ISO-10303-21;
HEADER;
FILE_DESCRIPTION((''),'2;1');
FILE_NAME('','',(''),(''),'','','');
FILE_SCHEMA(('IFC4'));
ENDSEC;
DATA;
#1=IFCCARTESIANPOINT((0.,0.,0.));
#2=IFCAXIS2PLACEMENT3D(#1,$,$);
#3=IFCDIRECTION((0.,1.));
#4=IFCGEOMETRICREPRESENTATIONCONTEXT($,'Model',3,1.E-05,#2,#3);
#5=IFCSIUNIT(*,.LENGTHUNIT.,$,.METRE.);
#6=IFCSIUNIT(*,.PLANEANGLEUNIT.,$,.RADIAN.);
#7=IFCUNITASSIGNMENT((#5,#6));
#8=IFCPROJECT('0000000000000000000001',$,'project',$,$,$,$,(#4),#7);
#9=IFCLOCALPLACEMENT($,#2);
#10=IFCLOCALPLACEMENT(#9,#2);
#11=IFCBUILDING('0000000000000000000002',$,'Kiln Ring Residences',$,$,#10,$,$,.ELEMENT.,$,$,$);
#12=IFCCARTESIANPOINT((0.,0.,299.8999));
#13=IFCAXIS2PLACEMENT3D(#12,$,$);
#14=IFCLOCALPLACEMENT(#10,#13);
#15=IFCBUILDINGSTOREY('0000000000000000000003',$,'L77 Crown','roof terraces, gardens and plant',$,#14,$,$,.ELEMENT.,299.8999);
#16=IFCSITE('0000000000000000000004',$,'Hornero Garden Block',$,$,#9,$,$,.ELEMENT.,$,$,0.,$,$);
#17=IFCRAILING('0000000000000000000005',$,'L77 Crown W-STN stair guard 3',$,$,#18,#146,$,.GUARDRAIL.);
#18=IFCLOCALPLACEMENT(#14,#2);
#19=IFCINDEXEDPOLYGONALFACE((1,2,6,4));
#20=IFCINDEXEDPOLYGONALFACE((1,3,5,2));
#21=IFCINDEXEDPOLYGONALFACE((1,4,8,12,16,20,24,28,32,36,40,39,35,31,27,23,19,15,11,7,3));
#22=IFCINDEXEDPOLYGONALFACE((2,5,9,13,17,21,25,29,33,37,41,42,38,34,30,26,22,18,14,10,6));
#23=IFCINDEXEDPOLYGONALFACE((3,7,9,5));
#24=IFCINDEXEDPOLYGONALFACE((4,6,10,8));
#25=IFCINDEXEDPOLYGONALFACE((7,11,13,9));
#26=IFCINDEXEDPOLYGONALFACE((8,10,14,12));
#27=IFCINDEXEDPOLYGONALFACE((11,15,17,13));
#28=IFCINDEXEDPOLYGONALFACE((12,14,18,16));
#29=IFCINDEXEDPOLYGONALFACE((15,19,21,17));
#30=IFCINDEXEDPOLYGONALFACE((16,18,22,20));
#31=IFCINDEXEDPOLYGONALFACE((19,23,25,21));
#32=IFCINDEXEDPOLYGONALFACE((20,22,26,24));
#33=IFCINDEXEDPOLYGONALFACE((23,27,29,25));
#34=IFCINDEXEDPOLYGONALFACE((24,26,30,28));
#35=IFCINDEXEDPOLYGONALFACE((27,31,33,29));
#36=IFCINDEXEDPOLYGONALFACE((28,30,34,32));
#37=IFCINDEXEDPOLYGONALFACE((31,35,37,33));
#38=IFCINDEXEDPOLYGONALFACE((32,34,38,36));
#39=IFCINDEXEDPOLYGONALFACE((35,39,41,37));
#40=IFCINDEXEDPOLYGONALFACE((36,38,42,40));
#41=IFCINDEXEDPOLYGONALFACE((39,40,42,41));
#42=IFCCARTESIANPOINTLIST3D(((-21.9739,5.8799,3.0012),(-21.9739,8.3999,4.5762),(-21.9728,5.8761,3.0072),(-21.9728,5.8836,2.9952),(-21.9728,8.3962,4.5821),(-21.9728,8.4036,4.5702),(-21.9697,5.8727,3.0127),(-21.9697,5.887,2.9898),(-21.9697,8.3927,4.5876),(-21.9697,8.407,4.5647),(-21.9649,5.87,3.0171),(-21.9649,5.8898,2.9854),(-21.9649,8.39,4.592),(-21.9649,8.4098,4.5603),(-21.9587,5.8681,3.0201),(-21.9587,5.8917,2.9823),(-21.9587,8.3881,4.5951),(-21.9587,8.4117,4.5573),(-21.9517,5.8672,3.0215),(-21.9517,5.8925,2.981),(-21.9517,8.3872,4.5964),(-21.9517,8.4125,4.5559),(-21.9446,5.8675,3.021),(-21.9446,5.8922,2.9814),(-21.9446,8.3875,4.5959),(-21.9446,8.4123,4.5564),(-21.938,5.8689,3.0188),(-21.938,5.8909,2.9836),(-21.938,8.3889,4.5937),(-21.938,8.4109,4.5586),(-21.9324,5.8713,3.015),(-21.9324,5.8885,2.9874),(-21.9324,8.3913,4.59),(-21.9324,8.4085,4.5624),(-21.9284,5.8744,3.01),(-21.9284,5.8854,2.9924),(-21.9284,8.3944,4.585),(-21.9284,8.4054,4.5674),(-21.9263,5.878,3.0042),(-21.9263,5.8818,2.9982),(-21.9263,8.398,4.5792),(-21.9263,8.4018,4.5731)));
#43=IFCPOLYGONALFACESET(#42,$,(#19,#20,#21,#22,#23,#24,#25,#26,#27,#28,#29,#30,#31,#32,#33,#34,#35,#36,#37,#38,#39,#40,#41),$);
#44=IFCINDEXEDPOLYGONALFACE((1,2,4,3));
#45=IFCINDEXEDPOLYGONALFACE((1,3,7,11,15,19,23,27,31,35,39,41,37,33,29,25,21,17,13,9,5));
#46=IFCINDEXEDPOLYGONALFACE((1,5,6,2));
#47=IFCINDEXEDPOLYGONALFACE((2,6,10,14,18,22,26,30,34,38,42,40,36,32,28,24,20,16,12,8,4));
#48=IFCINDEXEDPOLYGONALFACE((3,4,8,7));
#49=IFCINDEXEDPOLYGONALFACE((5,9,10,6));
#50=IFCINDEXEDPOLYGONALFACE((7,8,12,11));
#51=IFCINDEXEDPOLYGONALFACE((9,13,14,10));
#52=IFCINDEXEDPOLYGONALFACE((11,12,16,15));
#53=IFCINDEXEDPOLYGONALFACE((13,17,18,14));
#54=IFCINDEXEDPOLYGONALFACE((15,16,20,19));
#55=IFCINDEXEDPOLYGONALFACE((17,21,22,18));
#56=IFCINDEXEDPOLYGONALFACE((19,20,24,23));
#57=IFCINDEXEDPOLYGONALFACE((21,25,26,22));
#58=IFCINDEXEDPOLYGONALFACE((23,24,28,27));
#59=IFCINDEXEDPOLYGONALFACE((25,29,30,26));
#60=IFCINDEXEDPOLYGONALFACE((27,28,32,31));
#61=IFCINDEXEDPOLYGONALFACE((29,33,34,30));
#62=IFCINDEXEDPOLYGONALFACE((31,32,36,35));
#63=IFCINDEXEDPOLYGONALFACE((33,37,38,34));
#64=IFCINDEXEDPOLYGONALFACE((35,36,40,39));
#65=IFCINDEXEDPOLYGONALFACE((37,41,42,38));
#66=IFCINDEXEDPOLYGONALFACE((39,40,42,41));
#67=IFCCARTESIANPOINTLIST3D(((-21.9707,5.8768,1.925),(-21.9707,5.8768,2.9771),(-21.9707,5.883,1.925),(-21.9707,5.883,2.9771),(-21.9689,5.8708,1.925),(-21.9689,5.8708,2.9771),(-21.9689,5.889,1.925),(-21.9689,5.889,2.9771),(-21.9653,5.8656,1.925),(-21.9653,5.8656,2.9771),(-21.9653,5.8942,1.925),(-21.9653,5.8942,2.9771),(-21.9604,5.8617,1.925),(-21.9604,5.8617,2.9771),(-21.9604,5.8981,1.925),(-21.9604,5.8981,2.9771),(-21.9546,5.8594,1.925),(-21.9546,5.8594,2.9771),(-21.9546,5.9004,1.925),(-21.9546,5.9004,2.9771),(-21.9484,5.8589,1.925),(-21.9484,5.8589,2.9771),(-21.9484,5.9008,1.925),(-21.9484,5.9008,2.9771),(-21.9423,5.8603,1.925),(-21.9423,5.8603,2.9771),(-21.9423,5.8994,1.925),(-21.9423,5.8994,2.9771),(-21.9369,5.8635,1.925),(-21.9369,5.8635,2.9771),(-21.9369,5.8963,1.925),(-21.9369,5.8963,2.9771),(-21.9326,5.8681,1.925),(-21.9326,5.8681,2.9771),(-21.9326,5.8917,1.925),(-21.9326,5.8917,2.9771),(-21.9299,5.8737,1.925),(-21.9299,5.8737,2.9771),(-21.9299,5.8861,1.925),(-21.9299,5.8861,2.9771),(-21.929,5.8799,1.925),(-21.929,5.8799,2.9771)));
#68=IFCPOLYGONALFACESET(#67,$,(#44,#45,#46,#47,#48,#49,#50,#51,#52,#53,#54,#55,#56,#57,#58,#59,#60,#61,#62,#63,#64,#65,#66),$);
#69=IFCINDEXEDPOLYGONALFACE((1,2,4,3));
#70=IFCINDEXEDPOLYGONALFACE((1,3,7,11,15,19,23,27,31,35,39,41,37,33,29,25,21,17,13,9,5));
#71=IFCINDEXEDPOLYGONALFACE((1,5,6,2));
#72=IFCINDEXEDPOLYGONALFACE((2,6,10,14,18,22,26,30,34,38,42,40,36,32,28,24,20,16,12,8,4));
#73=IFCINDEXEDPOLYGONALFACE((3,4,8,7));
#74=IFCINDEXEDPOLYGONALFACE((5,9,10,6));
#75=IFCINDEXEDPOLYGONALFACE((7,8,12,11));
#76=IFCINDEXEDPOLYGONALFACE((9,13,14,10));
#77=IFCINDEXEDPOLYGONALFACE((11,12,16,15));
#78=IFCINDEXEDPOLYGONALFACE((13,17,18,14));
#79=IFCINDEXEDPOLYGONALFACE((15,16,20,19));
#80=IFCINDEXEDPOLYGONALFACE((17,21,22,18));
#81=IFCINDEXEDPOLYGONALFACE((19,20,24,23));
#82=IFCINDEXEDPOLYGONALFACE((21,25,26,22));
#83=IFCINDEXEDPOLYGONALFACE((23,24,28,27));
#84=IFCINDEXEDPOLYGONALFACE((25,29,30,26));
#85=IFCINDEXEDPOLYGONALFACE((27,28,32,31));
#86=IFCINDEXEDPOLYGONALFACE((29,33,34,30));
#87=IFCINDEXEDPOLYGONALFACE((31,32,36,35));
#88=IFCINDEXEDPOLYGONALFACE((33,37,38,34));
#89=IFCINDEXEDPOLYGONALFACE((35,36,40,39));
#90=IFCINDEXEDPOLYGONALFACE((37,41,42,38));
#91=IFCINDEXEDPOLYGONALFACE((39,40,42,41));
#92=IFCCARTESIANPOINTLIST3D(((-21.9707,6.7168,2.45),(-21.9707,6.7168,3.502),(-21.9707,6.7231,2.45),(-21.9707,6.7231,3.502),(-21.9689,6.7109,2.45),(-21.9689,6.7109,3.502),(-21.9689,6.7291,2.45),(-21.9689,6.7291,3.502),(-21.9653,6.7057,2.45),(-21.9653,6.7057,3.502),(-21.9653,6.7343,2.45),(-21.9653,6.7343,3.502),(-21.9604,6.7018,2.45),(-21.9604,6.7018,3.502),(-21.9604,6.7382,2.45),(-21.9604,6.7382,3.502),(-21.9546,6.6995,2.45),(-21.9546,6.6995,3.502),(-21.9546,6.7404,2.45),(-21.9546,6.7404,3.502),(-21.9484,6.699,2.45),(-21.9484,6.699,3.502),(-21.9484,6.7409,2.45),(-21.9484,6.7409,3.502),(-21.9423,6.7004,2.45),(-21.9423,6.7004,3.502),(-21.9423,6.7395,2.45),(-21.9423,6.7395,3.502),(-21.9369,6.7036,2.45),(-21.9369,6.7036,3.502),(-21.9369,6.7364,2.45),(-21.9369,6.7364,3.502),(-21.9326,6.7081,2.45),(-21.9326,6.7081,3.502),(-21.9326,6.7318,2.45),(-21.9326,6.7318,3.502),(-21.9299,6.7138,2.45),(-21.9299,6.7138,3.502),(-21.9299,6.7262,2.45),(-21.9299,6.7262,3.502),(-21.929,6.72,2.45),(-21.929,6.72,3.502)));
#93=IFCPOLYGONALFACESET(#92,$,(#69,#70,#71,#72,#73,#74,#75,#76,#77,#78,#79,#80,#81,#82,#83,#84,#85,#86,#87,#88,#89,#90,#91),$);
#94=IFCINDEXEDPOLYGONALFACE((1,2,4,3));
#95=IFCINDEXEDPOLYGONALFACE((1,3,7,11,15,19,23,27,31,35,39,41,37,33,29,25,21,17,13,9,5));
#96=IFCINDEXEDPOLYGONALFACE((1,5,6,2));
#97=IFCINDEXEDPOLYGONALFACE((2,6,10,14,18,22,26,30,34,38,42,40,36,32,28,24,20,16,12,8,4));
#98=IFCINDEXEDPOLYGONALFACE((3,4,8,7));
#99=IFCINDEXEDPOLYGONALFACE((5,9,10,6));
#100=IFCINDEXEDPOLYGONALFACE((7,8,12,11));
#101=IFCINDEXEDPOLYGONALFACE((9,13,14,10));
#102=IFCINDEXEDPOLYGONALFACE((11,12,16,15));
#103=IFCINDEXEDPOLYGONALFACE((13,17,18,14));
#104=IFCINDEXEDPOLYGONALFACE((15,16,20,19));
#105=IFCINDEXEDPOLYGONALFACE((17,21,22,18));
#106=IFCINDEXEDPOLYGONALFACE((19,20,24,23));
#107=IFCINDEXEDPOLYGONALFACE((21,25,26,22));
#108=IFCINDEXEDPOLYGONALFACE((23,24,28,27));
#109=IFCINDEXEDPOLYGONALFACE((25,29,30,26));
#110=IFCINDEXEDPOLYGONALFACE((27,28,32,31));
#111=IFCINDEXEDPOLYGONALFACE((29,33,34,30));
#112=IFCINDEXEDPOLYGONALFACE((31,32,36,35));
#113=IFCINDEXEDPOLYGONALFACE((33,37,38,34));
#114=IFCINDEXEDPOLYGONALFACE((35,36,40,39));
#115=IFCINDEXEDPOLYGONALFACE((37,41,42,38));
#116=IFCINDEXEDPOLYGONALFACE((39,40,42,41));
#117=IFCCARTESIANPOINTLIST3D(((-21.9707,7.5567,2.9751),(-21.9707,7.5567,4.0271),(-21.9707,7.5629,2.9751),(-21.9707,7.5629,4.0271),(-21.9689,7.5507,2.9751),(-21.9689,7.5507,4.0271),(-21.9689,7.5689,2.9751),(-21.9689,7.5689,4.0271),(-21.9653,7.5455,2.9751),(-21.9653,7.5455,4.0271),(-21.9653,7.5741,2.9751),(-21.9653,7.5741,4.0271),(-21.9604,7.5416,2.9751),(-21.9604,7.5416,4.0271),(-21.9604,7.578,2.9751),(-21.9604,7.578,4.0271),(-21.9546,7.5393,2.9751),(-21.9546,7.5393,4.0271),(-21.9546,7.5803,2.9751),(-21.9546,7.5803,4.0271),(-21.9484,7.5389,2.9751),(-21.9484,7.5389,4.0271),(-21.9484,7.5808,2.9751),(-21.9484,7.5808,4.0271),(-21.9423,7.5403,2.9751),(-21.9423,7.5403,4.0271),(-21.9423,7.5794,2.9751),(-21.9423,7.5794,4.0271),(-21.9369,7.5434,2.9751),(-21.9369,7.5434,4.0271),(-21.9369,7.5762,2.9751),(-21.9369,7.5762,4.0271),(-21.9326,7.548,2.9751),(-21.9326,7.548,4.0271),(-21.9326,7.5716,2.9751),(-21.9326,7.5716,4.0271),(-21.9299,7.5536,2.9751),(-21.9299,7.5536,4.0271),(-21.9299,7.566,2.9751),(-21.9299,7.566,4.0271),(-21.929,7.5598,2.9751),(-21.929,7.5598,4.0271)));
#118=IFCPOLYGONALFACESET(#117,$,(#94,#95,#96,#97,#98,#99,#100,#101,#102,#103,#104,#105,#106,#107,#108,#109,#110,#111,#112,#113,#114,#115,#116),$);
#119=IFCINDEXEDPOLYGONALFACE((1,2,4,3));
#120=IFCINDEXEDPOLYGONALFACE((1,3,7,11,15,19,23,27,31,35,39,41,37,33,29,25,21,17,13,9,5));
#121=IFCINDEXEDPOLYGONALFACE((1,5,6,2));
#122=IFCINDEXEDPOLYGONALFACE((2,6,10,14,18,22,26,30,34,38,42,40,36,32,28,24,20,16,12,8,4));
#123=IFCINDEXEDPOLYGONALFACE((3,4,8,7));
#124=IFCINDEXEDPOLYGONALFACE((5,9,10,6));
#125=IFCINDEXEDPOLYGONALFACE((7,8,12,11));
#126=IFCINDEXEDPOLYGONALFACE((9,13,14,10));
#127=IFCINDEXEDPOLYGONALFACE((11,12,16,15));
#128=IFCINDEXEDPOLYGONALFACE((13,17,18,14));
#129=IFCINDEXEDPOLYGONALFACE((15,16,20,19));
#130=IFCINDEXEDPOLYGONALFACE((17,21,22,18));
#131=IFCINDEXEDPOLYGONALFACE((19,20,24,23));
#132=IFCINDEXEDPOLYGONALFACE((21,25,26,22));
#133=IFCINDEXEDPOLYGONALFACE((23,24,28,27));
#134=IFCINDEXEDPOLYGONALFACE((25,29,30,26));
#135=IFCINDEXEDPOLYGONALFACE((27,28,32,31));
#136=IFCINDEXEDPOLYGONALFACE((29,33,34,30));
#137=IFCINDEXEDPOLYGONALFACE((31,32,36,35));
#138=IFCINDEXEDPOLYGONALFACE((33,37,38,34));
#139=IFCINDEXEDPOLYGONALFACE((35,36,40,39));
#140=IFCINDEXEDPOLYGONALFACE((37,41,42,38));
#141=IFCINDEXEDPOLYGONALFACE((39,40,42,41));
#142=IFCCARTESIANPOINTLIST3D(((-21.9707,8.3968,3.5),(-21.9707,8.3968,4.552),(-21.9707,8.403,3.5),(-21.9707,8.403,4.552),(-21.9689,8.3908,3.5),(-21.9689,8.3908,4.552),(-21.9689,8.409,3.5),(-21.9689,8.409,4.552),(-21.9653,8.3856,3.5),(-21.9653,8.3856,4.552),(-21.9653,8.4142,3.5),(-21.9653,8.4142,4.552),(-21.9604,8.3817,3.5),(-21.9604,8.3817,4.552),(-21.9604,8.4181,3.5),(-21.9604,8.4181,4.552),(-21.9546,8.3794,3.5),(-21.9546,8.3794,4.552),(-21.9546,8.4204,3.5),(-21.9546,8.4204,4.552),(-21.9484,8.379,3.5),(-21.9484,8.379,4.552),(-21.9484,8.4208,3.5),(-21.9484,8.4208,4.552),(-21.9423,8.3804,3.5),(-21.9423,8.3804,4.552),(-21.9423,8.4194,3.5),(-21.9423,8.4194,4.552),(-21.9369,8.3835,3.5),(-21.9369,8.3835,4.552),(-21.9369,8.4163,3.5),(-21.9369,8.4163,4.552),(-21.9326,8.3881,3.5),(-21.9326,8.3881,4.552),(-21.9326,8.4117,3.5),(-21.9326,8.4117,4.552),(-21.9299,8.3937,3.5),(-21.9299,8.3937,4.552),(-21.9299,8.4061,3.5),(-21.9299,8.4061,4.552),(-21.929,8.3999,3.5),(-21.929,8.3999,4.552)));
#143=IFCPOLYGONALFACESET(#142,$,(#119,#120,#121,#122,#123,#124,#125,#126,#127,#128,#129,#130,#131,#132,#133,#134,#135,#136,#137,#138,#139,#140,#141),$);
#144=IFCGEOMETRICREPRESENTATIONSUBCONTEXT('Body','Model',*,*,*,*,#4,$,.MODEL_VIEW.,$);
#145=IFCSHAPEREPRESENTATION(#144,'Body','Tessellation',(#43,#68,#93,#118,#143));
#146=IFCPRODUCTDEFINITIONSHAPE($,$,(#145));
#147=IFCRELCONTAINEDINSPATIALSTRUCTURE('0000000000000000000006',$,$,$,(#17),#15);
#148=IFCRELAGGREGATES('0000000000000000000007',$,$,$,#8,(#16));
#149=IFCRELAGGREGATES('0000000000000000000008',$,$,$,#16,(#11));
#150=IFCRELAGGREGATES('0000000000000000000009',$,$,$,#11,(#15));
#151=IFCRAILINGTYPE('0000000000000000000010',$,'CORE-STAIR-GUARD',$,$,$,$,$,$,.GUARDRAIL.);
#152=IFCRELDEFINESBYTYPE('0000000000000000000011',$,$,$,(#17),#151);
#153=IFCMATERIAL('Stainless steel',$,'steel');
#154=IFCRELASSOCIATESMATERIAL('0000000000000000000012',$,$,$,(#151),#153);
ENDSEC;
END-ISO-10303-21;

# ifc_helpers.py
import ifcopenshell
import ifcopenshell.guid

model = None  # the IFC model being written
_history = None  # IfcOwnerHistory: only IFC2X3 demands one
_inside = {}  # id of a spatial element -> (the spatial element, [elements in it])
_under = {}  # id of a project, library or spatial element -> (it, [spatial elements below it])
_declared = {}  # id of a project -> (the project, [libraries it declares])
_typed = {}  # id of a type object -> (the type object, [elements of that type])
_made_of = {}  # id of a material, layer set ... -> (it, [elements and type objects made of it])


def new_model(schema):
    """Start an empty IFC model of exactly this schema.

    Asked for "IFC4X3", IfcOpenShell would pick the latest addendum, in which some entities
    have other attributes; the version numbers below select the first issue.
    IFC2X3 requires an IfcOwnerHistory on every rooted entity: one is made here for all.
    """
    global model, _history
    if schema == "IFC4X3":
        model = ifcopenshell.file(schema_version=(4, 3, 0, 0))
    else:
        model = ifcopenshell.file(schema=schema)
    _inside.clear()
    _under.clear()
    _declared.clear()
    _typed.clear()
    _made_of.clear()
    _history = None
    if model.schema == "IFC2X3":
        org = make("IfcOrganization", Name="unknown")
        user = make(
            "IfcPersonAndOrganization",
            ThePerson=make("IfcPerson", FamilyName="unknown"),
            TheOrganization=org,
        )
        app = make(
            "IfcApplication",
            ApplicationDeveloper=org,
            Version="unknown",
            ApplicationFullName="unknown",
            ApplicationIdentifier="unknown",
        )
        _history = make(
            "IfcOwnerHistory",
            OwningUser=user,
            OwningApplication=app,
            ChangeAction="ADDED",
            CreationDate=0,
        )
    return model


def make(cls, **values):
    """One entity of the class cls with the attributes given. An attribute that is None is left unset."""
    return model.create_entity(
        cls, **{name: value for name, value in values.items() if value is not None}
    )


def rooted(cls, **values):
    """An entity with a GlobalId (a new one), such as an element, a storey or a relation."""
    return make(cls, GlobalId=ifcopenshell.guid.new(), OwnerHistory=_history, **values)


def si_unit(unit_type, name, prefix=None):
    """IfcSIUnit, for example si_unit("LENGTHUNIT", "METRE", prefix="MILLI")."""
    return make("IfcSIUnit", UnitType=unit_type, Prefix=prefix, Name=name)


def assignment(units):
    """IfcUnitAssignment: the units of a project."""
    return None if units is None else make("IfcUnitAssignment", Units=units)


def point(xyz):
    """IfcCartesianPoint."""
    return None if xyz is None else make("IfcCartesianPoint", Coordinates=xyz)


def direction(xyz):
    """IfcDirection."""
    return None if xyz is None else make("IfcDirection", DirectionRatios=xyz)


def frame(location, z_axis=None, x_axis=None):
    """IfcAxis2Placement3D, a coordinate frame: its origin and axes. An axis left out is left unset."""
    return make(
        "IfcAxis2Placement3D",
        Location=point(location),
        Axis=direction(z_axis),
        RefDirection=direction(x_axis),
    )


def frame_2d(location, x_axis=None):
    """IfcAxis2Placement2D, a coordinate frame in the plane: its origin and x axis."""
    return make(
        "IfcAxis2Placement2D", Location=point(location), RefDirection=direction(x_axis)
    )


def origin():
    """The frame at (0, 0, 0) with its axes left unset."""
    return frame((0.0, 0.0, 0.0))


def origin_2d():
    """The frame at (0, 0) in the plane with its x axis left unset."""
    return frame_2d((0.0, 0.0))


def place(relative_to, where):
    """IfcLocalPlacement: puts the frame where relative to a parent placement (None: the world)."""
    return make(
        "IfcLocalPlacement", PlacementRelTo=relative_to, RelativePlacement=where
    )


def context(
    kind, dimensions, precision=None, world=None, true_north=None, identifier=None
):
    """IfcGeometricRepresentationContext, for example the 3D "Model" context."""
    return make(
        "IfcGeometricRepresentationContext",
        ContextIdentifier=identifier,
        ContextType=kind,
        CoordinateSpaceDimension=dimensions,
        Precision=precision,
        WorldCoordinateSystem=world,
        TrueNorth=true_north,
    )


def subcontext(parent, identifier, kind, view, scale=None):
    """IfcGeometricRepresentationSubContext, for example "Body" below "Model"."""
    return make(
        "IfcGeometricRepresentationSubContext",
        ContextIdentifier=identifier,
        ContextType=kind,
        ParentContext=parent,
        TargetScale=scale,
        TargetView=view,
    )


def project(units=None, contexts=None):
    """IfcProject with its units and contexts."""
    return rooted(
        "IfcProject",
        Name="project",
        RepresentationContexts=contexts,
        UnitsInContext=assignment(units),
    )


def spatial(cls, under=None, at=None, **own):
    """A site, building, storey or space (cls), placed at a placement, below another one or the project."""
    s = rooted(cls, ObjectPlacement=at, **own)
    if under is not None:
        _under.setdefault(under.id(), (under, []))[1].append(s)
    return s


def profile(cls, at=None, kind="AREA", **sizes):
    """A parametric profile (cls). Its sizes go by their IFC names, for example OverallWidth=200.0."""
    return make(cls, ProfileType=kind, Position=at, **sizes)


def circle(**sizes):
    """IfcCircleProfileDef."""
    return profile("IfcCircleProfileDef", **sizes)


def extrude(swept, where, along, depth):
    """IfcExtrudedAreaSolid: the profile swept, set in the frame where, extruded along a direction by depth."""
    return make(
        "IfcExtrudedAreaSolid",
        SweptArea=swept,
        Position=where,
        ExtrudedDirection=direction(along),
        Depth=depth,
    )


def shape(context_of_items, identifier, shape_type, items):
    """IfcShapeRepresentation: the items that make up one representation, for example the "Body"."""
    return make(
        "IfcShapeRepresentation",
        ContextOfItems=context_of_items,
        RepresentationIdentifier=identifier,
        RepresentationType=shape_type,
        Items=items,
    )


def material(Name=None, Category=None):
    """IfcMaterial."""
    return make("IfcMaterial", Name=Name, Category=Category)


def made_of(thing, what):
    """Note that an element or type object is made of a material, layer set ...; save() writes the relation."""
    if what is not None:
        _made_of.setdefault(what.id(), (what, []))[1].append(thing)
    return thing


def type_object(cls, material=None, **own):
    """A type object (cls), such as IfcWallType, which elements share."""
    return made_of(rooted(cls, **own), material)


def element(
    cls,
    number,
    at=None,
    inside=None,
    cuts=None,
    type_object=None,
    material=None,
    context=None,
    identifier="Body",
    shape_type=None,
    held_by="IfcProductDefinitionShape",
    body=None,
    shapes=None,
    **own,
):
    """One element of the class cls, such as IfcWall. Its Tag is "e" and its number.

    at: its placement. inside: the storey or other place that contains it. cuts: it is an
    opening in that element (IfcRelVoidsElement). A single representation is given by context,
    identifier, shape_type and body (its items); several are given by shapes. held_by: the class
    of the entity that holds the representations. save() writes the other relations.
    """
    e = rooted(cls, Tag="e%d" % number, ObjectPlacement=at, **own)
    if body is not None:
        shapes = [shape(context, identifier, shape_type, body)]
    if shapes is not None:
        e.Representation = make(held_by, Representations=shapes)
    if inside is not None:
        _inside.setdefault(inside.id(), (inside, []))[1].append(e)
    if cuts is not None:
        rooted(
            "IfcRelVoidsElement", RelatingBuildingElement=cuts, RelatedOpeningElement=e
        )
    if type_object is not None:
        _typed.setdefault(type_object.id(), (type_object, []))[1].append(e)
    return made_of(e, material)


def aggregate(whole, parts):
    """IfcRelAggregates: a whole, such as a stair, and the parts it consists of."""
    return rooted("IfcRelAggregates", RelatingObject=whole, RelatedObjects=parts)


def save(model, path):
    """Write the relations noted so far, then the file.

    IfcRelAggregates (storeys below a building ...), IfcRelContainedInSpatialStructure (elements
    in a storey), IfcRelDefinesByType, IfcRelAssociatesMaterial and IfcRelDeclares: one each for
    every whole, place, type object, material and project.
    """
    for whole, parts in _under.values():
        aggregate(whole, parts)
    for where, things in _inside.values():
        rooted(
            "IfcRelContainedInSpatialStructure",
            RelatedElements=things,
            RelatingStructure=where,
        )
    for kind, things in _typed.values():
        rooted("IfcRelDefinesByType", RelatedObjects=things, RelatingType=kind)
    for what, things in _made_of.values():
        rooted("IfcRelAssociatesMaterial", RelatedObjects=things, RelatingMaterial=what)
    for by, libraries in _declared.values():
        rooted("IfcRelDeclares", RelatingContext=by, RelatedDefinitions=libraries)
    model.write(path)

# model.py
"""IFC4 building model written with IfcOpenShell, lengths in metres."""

from ifc_helpers import new_model, si_unit, direction, frame, origin, origin_2d, place, context, subcontext, project, spatial, circle, extrude, material, type_object, element, save


model = new_model("IFC4")

# Units and contexts
model_context = context("Model", 3, precision=1e-05, world=origin(), true_north=direction((0.0, 1.0)))
body_context = subcontext(model_context, "Body", "Model", "MODEL_VIEW")
ifc_project = project(units=[si_unit("LENGTHUNIT", "METRE"), si_unit("PLANEANGLEUNIT", "RADIAN")], contexts=[model_context])

# Site, building, storey
site_placement = place(None, origin())
site = spatial("IfcSite", under=ifc_project, at=site_placement, Name="Hornero Garden Block", CompositionType="ELEMENT", RefElevation=0.0)
building_placement = place(site_placement, origin())
building = spatial("IfcBuilding", under=site, at=building_placement, Name="Kiln Ring Residences", CompositionType="ELEMENT")
storey_placement = place(building_placement, frame((0.0, 0.0, 299.8999)))
storey = spatial("IfcBuildingStorey", under=building, at=storey_placement, Name="L77 Crown", Description="roof terraces, gardens and plant", CompositionType="ELEMENT", Elevation=299.8999)

# Railing
ifc_material_1 = material(Name="Stainless steel", Category="steel")
railing_type_1 = type_object("IfcRailingType", Name="CORE-STAIR-GUARD", PredefinedType="GUARDRAIL", material=ifc_material_1)
railing_1_placement = place(storey_placement, frame((-21.95, 5.8799, 1.925)))
element("IfcRailing", 1, at=railing_1_placement, inside=storey, type_object=railing_type_1, Name="L77 Crown W-STN stair guard 3", PredefinedType="GUARDRAIL", context=body_context, shape_type="SweptSolid", body=[
    extrude(circle(Radius=0.0239, at=origin_2d()), frame((0.0, 0.0, 1.0762), z_axis=(0.0, 0.848008, 0.529984), x_axis=(-1.0, 0.0, 0.0)), (0.0, 0.0, 1.0), 2.9717),
    extrude(circle(Radius=0.021, at=origin_2d()), origin(), (0.0, 0.0, 1.0), 1.052),
    extrude(circle(Radius=0.021, at=origin_2d()), frame((0.0, 0.8401, 0.5249)), (0.0, 0.0, 1.0), 1.052),
    extrude(circle(Radius=0.021, at=origin_2d()), frame((0.0, 1.6799, 1.05)), (0.0, 0.0, 1.0), 1.052),
    extrude(circle(Radius=0.021, at=origin_2d()), frame((0.0, 2.52, 1.575)), (0.0, 0.0, 1.0), 1.052),
])

save(model, "model.ifc")
